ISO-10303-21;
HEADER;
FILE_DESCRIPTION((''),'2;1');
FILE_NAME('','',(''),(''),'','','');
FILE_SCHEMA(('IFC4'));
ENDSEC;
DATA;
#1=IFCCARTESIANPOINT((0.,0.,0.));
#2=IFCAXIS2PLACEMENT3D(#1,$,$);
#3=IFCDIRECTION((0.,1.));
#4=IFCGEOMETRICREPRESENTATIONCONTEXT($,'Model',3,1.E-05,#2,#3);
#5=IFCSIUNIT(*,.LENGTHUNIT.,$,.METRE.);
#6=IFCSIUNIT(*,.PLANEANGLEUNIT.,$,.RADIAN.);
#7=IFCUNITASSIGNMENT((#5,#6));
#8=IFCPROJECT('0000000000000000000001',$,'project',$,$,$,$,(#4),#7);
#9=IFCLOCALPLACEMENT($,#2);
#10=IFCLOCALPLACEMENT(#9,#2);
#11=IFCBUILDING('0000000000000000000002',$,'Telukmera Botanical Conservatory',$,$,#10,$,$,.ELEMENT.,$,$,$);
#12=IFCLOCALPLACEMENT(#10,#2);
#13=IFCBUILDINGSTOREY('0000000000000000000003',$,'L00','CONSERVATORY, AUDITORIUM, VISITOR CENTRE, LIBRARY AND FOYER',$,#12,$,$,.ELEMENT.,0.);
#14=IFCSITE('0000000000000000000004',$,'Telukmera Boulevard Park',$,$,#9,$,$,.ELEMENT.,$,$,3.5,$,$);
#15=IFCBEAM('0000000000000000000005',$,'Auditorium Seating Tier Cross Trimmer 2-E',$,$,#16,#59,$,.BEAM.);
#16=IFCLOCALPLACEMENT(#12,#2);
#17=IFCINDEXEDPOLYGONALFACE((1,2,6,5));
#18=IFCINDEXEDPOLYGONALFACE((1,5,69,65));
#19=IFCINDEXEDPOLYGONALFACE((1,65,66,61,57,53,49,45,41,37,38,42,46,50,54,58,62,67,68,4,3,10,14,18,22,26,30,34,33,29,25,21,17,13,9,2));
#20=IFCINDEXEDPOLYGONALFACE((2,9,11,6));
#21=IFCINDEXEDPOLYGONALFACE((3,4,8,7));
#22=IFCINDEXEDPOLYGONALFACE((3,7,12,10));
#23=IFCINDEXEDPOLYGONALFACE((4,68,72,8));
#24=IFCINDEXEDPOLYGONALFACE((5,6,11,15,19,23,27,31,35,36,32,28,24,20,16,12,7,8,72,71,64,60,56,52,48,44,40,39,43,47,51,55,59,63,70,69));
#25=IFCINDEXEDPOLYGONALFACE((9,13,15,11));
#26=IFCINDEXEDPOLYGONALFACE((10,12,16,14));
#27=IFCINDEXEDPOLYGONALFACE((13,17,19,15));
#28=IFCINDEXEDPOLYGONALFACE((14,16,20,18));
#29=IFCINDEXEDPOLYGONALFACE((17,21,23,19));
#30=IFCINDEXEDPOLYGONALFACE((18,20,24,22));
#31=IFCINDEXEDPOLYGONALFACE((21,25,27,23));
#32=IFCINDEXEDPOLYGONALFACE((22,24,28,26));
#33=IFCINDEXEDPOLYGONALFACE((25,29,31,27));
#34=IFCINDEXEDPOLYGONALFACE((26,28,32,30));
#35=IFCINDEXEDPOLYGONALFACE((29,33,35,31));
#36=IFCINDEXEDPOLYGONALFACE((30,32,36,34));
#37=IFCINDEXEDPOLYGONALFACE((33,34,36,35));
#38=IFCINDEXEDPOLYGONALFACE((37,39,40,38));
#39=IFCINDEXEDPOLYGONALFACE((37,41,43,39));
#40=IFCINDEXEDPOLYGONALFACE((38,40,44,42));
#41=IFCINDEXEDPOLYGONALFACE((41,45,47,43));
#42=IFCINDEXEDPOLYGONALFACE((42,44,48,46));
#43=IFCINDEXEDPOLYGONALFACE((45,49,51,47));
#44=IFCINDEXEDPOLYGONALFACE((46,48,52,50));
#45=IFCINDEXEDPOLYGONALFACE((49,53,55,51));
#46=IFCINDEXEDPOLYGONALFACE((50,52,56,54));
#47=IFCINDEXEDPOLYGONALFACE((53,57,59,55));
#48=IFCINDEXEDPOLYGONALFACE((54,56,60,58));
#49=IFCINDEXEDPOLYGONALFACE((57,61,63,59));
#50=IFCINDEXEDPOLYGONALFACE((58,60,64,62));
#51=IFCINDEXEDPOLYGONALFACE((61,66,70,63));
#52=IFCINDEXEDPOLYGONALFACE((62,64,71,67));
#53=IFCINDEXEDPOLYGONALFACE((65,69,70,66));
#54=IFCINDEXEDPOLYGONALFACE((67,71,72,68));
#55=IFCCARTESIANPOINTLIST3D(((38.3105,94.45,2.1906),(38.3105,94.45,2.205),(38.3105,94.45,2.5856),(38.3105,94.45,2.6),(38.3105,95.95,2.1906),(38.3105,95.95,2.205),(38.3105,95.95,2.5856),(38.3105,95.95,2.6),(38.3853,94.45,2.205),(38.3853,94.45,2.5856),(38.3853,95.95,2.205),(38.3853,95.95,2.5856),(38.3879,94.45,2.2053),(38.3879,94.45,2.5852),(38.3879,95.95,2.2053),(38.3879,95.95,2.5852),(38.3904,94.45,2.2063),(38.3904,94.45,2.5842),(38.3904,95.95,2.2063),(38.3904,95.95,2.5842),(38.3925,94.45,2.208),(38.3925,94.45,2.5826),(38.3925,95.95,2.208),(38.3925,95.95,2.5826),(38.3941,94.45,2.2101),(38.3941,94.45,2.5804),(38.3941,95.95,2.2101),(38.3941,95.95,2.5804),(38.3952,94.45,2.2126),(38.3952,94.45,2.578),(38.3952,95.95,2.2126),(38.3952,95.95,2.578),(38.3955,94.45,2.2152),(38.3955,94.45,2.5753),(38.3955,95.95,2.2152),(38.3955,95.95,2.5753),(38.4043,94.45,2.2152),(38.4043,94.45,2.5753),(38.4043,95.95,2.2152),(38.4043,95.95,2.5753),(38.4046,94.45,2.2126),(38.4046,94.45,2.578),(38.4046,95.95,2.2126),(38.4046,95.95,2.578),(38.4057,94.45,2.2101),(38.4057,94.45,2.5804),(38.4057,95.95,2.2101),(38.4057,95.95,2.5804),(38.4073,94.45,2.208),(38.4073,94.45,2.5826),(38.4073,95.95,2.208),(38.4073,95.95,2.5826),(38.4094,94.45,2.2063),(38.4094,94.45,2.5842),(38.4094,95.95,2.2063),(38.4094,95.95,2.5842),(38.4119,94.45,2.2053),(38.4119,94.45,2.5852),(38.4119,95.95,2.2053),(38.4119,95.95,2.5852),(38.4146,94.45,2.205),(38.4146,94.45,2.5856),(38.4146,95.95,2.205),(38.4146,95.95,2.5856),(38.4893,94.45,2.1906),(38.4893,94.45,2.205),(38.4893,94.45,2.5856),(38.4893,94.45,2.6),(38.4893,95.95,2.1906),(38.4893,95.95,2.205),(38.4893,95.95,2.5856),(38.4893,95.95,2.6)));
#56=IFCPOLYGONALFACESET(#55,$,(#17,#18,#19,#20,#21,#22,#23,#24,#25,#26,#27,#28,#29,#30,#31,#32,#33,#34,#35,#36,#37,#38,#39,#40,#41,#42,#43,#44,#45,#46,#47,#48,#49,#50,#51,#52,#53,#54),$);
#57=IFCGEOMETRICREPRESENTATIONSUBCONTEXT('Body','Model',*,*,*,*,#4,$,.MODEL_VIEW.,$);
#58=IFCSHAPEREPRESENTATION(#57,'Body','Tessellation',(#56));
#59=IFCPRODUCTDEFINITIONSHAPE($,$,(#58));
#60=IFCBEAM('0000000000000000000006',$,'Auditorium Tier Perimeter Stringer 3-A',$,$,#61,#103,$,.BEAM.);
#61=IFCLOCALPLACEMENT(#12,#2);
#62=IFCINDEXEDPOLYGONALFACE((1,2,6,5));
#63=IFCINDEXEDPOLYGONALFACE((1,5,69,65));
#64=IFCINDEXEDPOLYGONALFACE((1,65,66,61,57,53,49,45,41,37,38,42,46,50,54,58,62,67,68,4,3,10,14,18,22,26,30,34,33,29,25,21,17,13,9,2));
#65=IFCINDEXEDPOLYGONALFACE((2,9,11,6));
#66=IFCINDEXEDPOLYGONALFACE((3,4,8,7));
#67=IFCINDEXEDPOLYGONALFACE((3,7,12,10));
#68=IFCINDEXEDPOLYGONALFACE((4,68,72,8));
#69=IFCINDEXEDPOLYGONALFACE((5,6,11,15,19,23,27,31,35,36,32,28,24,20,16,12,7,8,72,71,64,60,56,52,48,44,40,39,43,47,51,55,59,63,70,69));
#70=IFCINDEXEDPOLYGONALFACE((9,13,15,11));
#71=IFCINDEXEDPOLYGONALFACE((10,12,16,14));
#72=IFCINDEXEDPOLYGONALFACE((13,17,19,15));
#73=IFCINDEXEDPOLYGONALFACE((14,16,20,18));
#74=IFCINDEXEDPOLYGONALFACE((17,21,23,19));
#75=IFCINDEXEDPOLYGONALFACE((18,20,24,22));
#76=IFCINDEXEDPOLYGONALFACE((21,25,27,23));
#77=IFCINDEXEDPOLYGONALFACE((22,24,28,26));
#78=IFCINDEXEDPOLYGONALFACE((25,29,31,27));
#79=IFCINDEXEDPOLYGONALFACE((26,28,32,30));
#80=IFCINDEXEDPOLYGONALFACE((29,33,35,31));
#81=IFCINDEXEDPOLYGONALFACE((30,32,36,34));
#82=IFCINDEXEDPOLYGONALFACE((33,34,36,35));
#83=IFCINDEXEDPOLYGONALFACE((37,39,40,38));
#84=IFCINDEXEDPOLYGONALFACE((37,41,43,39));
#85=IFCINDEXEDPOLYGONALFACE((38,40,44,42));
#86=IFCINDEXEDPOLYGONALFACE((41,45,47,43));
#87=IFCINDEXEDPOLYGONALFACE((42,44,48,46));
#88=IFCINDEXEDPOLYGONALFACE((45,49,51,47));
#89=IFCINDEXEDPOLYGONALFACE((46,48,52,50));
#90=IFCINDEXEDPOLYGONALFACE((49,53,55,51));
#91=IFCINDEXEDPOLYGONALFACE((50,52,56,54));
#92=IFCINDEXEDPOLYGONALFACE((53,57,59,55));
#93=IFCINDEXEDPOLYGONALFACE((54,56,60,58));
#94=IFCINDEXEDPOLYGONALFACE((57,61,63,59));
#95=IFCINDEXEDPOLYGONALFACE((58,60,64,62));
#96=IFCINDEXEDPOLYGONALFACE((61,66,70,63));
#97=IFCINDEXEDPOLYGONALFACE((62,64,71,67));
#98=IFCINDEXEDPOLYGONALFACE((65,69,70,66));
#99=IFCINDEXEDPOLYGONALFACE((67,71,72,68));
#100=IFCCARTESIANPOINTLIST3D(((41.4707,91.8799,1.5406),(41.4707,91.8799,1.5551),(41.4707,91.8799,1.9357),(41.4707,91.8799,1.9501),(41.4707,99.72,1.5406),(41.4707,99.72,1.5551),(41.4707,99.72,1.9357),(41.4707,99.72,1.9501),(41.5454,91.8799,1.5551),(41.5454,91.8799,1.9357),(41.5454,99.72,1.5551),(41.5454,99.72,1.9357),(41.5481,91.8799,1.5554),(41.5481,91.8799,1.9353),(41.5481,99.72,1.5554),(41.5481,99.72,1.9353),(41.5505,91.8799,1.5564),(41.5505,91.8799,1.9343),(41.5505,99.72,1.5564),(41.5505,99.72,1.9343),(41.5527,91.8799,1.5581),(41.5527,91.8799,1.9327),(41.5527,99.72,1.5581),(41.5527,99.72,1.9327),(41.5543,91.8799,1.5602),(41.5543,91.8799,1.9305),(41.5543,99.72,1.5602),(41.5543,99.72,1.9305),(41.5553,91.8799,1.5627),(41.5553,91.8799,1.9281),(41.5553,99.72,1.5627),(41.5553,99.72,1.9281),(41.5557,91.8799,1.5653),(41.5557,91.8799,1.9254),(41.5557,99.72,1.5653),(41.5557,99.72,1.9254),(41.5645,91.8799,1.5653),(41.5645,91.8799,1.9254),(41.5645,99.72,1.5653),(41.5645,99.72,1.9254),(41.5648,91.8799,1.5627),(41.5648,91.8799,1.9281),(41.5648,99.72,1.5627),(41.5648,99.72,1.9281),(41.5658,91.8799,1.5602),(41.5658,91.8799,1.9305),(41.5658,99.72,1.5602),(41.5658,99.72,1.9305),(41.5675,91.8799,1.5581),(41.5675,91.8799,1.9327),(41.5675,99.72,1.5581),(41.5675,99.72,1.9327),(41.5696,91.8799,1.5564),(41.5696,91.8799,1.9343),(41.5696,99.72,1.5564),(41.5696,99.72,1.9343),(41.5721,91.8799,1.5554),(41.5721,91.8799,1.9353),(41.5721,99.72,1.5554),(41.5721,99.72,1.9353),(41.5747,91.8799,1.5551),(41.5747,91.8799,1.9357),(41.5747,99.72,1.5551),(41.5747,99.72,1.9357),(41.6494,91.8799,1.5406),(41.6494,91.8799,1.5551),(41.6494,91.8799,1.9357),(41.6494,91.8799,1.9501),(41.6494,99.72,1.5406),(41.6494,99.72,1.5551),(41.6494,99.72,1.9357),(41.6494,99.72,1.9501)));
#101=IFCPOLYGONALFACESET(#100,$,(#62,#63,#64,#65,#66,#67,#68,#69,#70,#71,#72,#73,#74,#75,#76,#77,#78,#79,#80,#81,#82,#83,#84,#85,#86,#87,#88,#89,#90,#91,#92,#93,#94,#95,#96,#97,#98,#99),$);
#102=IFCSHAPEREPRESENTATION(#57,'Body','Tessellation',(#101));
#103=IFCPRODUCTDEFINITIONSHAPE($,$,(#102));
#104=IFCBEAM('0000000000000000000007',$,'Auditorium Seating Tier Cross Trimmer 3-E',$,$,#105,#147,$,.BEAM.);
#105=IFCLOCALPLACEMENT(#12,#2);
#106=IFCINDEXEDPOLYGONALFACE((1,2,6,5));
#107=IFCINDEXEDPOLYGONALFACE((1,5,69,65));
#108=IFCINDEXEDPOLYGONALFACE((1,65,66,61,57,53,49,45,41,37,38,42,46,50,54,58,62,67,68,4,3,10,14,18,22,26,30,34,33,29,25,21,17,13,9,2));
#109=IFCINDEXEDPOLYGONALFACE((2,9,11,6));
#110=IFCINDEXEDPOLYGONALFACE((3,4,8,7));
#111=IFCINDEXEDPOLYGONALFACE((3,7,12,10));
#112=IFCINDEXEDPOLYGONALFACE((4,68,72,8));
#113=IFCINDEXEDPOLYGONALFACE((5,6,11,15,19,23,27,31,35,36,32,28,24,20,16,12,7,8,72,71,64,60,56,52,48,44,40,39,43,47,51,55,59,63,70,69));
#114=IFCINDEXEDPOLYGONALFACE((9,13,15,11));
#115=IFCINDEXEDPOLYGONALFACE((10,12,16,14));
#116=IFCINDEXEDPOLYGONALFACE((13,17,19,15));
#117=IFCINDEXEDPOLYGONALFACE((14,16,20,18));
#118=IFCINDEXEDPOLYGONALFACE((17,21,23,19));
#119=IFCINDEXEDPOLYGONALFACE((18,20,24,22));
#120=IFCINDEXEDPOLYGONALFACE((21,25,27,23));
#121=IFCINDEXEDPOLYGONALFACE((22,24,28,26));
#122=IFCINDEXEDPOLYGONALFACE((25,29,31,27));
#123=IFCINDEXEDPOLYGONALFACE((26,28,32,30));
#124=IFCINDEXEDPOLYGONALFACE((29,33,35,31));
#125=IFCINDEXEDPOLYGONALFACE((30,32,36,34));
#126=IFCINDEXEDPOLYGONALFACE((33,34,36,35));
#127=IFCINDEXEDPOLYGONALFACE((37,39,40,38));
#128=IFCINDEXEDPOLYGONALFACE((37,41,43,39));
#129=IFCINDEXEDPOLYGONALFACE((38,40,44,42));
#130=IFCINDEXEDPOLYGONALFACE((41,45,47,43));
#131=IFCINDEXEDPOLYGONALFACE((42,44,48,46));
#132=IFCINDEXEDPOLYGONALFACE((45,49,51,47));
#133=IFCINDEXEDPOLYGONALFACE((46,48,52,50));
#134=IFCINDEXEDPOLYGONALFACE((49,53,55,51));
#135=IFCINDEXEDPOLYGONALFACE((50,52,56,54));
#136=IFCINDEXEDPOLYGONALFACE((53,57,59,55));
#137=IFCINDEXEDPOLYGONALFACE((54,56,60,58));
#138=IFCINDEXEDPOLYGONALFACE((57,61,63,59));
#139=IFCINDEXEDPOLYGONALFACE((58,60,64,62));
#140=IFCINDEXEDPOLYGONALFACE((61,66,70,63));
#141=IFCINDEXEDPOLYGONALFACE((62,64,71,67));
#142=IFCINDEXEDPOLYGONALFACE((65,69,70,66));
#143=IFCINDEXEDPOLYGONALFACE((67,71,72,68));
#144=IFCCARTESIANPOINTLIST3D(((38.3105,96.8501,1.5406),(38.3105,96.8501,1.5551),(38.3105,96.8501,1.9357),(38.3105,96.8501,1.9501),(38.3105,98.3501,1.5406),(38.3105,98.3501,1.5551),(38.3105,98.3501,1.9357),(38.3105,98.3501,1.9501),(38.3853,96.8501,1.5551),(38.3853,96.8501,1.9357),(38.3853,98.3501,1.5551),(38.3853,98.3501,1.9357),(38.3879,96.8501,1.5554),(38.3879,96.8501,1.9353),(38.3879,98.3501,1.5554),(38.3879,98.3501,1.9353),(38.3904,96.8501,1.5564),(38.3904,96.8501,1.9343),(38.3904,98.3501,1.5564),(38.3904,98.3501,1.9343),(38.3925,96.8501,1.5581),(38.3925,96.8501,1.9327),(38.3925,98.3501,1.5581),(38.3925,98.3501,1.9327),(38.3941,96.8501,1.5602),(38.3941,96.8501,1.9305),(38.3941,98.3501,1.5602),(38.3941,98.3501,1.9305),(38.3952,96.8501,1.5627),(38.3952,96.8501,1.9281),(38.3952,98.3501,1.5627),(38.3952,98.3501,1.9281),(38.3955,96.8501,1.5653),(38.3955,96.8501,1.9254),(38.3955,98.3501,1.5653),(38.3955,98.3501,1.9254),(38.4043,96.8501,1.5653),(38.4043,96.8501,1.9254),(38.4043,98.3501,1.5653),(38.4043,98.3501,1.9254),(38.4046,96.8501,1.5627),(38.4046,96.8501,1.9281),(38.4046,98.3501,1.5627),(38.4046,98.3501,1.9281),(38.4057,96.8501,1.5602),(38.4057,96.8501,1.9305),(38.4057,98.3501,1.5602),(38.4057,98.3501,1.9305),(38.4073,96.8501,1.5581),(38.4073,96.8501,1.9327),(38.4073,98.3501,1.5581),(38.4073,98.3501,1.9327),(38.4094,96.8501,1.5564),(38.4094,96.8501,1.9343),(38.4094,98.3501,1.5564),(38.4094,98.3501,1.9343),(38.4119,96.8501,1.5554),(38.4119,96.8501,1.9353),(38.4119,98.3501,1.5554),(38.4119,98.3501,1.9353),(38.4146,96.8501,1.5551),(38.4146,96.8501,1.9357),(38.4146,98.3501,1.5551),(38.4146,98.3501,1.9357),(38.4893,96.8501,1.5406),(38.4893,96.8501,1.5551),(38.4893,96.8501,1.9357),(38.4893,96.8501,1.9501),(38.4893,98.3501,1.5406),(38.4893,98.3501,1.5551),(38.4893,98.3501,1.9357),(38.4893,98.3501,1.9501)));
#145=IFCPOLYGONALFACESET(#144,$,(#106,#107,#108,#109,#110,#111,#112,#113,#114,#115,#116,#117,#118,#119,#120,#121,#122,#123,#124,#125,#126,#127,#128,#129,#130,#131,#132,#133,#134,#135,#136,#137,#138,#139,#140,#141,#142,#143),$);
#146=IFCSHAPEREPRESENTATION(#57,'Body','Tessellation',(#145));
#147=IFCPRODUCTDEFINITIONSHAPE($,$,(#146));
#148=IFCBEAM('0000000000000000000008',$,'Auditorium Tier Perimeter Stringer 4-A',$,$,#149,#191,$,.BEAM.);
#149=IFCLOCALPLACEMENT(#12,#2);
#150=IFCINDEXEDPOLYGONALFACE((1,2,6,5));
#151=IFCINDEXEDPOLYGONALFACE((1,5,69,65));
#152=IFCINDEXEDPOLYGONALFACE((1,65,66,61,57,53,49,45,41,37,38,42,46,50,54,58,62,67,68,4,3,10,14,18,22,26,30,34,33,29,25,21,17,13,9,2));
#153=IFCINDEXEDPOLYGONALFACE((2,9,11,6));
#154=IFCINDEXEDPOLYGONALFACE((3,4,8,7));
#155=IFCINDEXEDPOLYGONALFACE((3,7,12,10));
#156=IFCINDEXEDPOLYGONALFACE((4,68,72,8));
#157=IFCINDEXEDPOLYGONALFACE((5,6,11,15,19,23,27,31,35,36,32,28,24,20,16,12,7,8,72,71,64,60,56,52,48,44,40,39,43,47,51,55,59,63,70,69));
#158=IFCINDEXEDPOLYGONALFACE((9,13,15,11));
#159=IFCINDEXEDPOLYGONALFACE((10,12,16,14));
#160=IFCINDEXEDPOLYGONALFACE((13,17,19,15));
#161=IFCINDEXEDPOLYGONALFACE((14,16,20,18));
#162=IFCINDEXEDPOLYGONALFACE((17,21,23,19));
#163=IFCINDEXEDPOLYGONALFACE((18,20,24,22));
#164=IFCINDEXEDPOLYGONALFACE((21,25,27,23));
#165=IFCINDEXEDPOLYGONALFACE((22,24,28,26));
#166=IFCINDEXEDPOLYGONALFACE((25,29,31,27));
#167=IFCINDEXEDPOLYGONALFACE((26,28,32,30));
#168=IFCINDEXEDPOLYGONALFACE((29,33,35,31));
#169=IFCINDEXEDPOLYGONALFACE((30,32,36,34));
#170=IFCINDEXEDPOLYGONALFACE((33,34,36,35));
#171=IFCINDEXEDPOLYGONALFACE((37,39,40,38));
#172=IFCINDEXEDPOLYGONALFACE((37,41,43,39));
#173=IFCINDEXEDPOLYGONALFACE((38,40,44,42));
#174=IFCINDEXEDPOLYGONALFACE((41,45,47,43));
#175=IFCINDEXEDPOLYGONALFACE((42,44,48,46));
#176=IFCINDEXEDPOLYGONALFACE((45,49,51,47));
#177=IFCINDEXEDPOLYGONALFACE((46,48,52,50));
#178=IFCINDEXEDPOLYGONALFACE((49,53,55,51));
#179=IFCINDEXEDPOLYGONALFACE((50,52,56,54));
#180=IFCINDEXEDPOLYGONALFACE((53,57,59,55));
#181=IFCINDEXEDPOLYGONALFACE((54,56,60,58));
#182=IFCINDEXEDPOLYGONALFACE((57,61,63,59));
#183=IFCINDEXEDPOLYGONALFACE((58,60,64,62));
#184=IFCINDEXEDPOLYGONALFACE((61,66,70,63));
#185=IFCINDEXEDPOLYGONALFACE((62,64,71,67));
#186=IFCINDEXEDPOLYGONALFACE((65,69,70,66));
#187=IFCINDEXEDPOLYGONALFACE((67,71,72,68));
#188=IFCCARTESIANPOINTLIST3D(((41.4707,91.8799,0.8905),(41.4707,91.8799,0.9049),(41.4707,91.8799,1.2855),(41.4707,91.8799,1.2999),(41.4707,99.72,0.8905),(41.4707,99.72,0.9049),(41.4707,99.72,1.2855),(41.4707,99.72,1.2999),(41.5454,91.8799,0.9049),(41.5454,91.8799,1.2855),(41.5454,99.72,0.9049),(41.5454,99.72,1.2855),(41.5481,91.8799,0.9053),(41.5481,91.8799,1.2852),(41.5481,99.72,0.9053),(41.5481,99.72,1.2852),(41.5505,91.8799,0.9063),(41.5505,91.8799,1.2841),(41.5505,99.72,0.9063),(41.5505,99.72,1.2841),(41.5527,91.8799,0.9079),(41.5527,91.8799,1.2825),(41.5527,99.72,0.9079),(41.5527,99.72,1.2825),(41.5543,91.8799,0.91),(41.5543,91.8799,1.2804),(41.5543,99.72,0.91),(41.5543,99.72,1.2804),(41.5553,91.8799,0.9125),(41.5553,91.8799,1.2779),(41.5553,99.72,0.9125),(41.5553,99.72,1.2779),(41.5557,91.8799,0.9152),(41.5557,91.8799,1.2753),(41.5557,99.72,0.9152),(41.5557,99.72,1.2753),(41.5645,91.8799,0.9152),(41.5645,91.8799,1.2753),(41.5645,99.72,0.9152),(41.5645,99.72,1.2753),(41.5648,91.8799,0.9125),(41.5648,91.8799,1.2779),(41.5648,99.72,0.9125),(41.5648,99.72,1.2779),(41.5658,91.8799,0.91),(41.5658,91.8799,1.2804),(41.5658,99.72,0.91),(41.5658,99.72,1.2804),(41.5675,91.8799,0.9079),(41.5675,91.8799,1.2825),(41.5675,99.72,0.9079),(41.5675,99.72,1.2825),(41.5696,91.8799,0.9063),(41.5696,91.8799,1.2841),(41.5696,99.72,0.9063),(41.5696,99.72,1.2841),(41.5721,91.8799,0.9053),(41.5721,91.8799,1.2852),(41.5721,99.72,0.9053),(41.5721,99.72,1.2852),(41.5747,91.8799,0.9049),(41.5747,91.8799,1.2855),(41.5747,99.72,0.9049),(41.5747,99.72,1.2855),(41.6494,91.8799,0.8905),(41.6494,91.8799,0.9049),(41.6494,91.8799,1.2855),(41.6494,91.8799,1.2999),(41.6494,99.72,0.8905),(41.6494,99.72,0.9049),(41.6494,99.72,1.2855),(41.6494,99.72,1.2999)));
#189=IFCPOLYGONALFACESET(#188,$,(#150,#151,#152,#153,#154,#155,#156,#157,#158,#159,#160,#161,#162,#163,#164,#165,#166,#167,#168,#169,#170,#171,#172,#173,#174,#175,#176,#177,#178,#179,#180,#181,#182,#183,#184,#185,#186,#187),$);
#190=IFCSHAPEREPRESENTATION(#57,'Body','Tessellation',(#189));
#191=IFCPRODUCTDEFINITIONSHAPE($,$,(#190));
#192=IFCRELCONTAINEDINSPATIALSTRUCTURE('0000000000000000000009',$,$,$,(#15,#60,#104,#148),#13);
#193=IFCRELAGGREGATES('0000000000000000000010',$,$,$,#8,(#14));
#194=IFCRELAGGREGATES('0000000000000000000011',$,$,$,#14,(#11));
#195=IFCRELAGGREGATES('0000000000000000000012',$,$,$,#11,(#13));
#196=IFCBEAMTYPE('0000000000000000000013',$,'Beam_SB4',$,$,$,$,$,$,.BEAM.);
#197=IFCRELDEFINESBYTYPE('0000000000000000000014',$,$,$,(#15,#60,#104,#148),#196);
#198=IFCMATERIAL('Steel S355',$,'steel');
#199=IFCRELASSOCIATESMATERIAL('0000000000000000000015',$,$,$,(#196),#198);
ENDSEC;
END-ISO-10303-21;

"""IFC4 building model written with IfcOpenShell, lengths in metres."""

from ifc_helpers import new_model, si_unit, direction, frame, origin, origin_2d, place, context, subcontext, project, spatial, i_section, extrude, material, material_profile, profile_set, type_object, element, save


model = new_model("IFC4")

# Units and contexts
model_context = context("Model", 3, precision=1e-05, world=origin(), true_north=direction((0.0, 1.0)))
body_context = subcontext(model_context, "Body", "Model", "MODEL_VIEW")
ifc_project = project(units=[si_unit("LENGTHUNIT", "METRE"), si_unit("PLANEANGLEUNIT", "RADIAN")], contexts=[model_context])

# Site, building, storey
site_placement = place(None, origin())
site = spatial("IfcSite", under=ifc_project, at=site_placement, Name="Telukmera Boulevard Park", CompositionType="ELEMENT", RefElevation=3.5)
building_placement = place(site_placement, origin())
building = spatial("IfcBuilding", under=site, at=building_placement, Name="Telukmera Botanical Conservatory", CompositionType="ELEMENT")
storey_placement = place(building_placement, origin())
storey = spatial("IfcBuildingStorey", under=building, at=storey_placement, Name="L00", Description="CONSERVATORY, AUDITORIUM, VISITOR CENTRE, LIBRARY AND FOYER", CompositionType="ELEMENT", Elevation=0.0)

# Beams
ifc_material_1 = material(Name="Steel S355", Category="steel")
ifc_material_profile_1 = material_profile(ifc_material_1, i_section(OverallWidth=0.1787, OverallDepth=0.4094, WebThickness=0.0088, FlangeThickness=0.0144, FilletRadius=0.0103, at=origin_2d()), Name="UB 406x178x67")
ifc_profile_set_1 = profile_set([ifc_material_profile_1], Name="Steel S355")
beam_type = type_object("IfcBeamType", Name="Beam_SB4", PredefinedType="BEAM", material=ifc_profile_set_1)
beam_1_placement = place(storey_placement, frame((38.3999, 94.45, 2.3953), z_axis=(0.0, 1.0, 0.0), x_axis=(-1.0, 0.0, 0.0)))
element("IfcBeam", 1, at=beam_1_placement, inside=storey, type_object=beam_type, Name="Auditorium Seating Tier Cross Trimmer 2-E", PredefinedType="BEAM", context=body_context, shape_type="SweptSolid", body=[
    extrude(i_section(OverallWidth=0.1787, OverallDepth=0.4094, WebThickness=0.0088, FlangeThickness=0.0144, FilletRadius=0.0103, at=origin_2d()), origin(), (0.0, 0.0, 1.0), 1.5),
])
beam_2_placement = place(storey_placement, frame((41.5601, 91.8799, 1.7454), z_axis=(0.0, 1.0, 0.0), x_axis=(-1.0, 0.0, 0.0)))
element("IfcBeam", 2, at=beam_2_placement, inside=storey, type_object=beam_type, Name="Auditorium Tier Perimeter Stringer 3-A", PredefinedType="BEAM", context=body_context, shape_type="SweptSolid", body=[
    extrude(i_section(OverallWidth=0.1787, OverallDepth=0.4094, WebThickness=0.0088, FlangeThickness=0.0144, FilletRadius=0.0103, at=origin_2d()), origin(), (0.0, 0.0, 1.0), 7.8401),
])
beam_3_placement = place(storey_placement, frame((38.3999, 96.8501, 1.7454), z_axis=(0.0, 1.0, 0.0), x_axis=(-1.0, 0.0, 0.0)))
element("IfcBeam", 3, at=beam_3_placement, inside=storey, type_object=beam_type, Name="Auditorium Seating Tier Cross Trimmer 3-E", PredefinedType="BEAM", context=body_context, shape_type="SweptSolid", body=[
    extrude(i_section(OverallWidth=0.1787, OverallDepth=0.4094, WebThickness=0.0088, FlangeThickness=0.0144, FilletRadius=0.0103, at=origin_2d()), origin(), (0.0, 0.0, 1.0), 1.5),
])
beam_4_placement = place(storey_placement, frame((41.5601, 91.8799, 1.0952), z_axis=(0.0, 1.0, 0.0), x_axis=(-1.0, 0.0, 0.0)))
element("IfcBeam", 4, at=beam_4_placement, inside=storey, type_object=beam_type, Name="Auditorium Tier Perimeter Stringer 4-A", PredefinedType="BEAM", context=body_context, shape_type="SweptSolid", body=[
    extrude(i_section(OverallWidth=0.1787, OverallDepth=0.4094, WebThickness=0.0088, FlangeThickness=0.0144, FilletRadius=0.0103, at=origin_2d()), origin(), (0.0, 0.0, 1.0), 7.8401),
])

save(model, "model.ifc")
